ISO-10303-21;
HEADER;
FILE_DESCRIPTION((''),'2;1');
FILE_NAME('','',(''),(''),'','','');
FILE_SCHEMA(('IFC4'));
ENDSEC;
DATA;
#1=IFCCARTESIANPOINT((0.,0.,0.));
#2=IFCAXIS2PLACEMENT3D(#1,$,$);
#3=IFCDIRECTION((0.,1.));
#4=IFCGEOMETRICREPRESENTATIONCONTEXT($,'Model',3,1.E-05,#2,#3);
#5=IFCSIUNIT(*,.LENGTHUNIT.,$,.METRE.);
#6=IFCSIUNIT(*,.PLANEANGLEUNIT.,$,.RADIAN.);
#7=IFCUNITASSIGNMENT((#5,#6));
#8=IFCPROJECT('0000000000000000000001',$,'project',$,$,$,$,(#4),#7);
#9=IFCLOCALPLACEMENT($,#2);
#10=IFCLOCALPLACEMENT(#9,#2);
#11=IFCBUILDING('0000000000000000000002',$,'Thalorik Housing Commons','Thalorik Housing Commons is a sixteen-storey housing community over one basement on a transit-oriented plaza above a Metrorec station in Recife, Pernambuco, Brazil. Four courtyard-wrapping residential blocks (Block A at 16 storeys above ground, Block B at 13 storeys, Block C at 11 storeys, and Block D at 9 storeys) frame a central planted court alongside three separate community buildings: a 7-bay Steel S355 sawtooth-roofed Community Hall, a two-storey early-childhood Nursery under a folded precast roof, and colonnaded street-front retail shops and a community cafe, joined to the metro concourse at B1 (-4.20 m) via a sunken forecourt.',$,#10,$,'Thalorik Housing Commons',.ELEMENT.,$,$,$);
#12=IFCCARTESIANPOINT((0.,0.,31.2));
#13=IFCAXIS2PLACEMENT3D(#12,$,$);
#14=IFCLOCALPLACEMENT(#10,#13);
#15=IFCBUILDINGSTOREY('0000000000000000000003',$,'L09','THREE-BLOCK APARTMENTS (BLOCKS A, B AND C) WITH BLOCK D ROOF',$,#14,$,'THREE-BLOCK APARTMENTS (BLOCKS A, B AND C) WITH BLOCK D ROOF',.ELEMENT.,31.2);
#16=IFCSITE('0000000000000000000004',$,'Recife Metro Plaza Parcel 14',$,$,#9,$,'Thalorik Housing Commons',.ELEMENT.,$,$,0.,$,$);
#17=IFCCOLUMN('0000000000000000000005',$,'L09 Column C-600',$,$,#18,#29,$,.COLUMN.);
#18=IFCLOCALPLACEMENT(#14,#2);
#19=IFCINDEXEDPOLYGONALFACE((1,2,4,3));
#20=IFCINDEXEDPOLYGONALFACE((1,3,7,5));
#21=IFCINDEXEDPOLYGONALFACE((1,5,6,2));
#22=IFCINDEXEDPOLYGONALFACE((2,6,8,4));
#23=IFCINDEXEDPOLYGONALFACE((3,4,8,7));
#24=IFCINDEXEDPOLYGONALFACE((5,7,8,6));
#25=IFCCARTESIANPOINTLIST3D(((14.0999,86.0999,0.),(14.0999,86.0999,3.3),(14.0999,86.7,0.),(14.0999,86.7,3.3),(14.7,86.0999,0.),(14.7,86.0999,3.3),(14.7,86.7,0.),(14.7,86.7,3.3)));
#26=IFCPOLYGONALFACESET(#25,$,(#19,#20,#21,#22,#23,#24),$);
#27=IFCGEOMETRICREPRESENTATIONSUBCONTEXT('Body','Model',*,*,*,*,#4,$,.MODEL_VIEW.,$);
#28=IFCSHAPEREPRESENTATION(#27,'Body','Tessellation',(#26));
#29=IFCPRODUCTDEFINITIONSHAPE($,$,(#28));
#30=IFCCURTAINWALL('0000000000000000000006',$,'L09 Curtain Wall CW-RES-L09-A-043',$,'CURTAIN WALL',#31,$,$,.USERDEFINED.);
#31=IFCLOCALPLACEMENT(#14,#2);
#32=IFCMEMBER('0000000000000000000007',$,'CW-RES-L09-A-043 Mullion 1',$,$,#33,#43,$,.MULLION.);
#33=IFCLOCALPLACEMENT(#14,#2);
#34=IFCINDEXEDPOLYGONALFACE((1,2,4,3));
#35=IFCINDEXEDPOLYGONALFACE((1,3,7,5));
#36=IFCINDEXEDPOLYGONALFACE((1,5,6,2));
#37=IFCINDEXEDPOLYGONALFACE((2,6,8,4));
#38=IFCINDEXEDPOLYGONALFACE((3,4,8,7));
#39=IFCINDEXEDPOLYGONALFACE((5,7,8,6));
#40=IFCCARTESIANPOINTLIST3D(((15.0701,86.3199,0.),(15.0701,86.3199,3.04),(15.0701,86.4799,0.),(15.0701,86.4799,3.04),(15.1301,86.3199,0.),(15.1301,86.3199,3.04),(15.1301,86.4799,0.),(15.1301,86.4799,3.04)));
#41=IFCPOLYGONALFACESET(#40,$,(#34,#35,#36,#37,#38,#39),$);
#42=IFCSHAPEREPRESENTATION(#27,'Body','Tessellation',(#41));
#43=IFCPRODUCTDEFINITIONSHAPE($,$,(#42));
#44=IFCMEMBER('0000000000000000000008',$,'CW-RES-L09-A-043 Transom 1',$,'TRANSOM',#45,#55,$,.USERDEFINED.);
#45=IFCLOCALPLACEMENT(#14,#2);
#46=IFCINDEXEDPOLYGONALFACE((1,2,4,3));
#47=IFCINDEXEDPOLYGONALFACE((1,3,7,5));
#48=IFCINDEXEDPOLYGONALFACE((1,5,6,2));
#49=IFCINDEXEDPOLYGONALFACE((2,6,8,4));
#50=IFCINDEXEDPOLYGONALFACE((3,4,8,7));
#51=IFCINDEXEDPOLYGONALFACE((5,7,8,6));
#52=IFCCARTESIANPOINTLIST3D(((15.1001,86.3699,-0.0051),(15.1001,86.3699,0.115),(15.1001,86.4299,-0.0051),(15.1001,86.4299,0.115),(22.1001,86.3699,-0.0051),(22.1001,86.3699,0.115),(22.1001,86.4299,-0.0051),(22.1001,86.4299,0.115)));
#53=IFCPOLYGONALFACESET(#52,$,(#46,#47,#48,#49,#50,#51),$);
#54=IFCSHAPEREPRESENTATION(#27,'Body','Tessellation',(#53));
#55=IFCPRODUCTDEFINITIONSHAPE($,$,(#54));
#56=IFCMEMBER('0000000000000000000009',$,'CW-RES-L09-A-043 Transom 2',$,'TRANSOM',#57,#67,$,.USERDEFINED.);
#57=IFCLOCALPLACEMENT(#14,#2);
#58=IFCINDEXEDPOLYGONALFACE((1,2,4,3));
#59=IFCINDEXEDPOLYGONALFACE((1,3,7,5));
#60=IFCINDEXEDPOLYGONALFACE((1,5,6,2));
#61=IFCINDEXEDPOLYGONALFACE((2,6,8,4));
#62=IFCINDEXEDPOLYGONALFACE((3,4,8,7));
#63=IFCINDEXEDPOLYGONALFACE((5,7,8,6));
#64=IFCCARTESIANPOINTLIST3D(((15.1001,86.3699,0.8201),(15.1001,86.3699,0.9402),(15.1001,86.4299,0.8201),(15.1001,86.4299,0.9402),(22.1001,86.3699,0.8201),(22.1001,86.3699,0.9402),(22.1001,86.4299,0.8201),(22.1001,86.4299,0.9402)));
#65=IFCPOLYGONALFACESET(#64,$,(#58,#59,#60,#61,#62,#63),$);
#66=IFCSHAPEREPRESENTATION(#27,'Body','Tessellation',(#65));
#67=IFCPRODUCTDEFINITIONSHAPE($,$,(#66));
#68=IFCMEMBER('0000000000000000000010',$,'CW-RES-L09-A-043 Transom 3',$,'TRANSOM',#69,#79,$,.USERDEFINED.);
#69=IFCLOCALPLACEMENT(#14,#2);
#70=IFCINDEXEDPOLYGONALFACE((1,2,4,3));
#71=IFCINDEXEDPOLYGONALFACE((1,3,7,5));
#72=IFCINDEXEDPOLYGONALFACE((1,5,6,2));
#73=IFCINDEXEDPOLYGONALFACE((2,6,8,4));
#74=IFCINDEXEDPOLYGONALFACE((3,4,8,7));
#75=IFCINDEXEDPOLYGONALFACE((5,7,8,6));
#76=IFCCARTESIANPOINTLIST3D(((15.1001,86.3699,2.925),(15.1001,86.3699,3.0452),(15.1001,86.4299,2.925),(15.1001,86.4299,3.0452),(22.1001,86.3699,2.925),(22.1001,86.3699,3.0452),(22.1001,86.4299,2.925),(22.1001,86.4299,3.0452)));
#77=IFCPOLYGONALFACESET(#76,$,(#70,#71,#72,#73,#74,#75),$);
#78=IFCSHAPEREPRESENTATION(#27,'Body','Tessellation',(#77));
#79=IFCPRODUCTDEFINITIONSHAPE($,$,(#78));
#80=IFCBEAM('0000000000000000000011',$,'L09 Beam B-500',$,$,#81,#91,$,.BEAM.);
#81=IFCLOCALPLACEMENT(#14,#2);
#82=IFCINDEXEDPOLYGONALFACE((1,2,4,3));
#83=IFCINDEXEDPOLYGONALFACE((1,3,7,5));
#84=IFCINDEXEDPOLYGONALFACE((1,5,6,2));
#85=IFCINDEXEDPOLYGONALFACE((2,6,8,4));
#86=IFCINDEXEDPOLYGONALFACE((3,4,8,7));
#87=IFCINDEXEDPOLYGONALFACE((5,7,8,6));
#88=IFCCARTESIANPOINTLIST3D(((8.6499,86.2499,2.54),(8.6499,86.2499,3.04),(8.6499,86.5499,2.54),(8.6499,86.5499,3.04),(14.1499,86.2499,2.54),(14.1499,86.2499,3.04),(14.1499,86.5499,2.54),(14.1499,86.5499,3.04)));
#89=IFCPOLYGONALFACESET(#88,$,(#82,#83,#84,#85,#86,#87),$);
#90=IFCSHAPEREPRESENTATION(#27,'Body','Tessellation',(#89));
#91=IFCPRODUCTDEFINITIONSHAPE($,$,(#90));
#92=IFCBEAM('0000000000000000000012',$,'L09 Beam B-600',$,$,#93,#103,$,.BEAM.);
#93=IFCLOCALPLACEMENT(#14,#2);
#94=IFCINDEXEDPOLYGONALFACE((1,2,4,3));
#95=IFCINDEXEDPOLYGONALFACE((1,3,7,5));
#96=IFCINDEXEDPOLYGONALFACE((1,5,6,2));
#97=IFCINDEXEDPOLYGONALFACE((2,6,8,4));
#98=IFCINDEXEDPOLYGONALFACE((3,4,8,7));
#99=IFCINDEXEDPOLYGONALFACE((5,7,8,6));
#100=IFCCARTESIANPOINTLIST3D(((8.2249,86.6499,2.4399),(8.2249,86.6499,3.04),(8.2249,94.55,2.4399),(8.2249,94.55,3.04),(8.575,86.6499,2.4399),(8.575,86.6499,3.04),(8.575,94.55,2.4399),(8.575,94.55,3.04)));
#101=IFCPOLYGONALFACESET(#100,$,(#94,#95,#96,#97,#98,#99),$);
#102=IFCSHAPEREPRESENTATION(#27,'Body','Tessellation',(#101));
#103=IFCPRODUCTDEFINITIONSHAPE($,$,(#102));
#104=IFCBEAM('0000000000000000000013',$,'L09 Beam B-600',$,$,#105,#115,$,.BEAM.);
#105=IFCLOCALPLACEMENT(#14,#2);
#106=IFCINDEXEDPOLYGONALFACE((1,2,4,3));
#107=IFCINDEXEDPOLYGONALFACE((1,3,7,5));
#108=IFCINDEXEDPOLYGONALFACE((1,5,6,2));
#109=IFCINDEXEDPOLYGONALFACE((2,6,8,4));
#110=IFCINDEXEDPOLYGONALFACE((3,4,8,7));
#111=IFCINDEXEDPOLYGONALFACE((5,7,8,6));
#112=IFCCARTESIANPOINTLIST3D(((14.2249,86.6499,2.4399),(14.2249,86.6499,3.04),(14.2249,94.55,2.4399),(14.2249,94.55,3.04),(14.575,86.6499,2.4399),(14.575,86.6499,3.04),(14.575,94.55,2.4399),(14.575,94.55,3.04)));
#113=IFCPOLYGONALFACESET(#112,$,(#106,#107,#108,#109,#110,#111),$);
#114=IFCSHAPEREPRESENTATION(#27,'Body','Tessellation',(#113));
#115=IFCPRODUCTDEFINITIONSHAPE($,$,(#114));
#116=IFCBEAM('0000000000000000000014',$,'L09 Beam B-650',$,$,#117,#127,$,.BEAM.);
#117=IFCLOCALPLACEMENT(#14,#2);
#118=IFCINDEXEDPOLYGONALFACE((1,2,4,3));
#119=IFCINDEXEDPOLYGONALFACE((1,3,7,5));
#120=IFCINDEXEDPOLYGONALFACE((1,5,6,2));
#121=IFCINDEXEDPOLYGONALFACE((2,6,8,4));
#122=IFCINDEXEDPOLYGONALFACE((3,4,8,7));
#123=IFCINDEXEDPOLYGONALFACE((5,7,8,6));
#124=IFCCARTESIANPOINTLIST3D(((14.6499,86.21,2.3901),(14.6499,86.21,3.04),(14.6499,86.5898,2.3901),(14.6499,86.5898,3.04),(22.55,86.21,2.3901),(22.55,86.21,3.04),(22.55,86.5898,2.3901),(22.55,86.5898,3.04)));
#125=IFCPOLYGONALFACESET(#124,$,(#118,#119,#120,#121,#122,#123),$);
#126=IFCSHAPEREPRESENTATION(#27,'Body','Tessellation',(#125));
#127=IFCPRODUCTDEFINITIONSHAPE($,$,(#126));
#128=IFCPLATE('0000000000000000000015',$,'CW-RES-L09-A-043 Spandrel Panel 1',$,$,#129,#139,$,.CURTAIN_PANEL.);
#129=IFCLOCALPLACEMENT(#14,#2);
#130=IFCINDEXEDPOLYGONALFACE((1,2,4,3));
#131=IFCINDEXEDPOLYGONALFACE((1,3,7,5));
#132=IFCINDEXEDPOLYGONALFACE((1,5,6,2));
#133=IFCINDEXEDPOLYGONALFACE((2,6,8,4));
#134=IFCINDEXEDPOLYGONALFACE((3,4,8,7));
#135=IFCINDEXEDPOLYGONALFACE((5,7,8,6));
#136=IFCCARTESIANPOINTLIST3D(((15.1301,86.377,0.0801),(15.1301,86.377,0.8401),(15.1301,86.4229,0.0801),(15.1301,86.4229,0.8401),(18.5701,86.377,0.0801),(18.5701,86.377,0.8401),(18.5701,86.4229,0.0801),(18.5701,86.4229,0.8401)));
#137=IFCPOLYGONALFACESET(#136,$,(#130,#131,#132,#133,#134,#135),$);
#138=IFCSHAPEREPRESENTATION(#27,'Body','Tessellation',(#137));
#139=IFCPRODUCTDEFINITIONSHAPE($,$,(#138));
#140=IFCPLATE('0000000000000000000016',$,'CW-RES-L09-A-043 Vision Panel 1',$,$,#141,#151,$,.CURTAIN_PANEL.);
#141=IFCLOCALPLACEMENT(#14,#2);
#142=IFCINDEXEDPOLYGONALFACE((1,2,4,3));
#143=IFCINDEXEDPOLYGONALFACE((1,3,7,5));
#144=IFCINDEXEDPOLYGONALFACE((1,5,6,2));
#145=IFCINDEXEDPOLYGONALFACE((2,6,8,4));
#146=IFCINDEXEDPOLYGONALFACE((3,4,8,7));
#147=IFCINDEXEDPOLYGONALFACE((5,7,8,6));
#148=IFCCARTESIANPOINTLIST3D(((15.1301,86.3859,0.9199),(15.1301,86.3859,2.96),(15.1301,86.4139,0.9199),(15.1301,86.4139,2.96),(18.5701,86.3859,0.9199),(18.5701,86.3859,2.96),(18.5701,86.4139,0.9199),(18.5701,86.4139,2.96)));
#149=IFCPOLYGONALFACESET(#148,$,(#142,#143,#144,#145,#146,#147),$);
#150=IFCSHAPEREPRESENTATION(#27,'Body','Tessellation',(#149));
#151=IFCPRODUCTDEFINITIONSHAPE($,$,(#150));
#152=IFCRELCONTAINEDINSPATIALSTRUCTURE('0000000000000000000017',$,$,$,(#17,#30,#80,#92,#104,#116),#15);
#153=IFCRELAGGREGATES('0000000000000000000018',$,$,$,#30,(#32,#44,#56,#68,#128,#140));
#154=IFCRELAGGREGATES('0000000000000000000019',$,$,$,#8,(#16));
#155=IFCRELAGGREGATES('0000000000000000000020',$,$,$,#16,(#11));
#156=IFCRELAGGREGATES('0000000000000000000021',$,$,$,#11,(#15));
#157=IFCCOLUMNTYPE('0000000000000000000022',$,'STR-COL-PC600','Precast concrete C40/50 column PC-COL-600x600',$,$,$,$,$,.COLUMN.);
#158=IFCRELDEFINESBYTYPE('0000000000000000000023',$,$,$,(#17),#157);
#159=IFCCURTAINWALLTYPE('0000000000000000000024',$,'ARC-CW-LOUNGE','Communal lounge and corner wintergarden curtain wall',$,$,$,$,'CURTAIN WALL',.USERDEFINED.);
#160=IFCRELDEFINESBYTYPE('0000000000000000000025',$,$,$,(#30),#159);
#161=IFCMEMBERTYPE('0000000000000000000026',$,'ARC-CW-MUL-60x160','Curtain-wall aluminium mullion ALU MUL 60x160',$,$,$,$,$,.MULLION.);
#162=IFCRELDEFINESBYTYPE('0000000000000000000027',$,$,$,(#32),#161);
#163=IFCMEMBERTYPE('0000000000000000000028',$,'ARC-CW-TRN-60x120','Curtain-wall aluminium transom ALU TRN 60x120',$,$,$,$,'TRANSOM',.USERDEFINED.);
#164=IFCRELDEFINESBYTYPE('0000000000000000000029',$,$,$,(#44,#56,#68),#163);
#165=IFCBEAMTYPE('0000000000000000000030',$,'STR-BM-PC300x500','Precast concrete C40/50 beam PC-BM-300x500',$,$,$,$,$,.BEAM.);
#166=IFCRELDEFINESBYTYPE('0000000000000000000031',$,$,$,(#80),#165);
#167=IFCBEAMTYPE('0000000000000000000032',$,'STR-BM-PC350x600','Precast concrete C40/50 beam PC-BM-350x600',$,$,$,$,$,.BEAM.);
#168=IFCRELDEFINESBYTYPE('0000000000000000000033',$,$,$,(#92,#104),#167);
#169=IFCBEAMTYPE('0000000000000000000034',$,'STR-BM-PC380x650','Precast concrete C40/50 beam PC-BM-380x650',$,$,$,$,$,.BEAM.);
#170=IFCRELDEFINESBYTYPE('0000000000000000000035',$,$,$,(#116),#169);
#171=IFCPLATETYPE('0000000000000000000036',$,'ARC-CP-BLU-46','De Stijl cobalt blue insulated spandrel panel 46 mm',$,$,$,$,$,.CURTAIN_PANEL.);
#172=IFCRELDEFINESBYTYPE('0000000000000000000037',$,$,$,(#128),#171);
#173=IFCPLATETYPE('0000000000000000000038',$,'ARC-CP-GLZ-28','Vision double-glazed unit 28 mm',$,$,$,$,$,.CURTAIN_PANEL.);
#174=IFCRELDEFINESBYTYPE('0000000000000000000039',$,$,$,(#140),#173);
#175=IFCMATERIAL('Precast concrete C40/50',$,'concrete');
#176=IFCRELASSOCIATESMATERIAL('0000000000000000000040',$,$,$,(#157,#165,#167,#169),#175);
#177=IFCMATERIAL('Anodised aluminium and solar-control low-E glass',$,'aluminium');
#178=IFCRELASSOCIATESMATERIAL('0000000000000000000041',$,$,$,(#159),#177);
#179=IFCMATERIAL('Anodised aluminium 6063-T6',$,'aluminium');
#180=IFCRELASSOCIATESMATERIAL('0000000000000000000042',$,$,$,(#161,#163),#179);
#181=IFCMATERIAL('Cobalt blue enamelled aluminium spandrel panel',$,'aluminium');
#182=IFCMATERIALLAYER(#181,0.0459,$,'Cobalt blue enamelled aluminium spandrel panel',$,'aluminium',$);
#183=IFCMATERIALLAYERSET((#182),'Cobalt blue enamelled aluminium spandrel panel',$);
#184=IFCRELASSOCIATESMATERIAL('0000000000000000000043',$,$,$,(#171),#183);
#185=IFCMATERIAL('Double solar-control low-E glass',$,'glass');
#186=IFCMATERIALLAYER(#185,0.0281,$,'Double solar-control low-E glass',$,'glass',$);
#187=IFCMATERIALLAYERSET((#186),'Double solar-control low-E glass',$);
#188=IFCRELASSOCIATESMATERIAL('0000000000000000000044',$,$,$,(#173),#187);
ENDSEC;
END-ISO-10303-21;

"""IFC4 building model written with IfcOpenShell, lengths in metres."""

from ifc_helpers import new_model, si_unit, direction, frame, origin, origin_2d, place, context, subcontext, project, spatial, rectangle, extrude, material, layer, layer_set, material_profile, profile_set, type_object, element, aggregate, save


model = new_model("IFC4")

# Units and contexts
model_context = context("Model", 3, precision=1e-05, world=origin(), true_north=direction((0.0, 1.0)))
body_context = subcontext(model_context, "Body", "Model", "MODEL_VIEW")
ifc_project = project(units=[si_unit("LENGTHUNIT", "METRE"), si_unit("PLANEANGLEUNIT", "RADIAN")], contexts=[model_context])

# Site, building, storey
site_placement = place(None, origin())
site = spatial("IfcSite", under=ifc_project, at=site_placement, Name="Recife Metro Plaza Parcel 14", LongName="Thalorik Housing Commons", CompositionType="ELEMENT", RefElevation=0.0)
building_placement = place(site_placement, origin())
building = spatial("IfcBuilding", under=site, at=building_placement, Name="Thalorik Housing Commons", Description="Thalorik Housing Commons is a sixteen-storey housing community over one basement on a transit-oriented plaza above a Metrorec station in Recife, Pernambuco, Brazil. Four courtyard-wrapping residential blocks (Block A at 16 storeys above ground, Block B at 13 storeys, Block C at 11 storeys, and Block D at 9 storeys) frame a central planted court alongside three separate community buildings: a 7-bay Steel S355 sawtooth-roofed Community Hall, a two-storey early-childhood Nursery under a folded precast roof, and colonnaded street-front retail shops and a community cafe, joined to the metro concourse at B1 (-4.20 m) via a sunken forecourt.", LongName="Thalorik Housing Commons", CompositionType="ELEMENT")
storey_placement = place(building_placement, frame((0.0, 0.0, 31.2)))
storey = spatial("IfcBuildingStorey", under=building, at=storey_placement, Name="L09", Description="THREE-BLOCK APARTMENTS (BLOCKS A, B AND C) WITH BLOCK D ROOF", LongName="THREE-BLOCK APARTMENTS (BLOCKS A, B AND C) WITH BLOCK D ROOF", CompositionType="ELEMENT", Elevation=31.2)

# Column
ifc_material_1 = material(Name="Precast concrete C40/50", Category="concrete")
ifc_material_profile_1 = material_profile(ifc_material_1, rectangle(XDim=0.6001, YDim=0.6001, at=origin_2d()), Name="PC 600x600", Category="concrete")
ifc_profile_set_1 = profile_set([ifc_material_profile_1], Name="Precast concrete C40/50")
column_type = type_object("IfcColumnType", Name="STR-COL-PC600", Description="Precast concrete C40/50 column PC-COL-600x600", PredefinedType="COLUMN", material=ifc_profile_set_1)
column_placement = place(storey_placement, frame((14.3999, 86.3999, 0.0), z_axis=(0.0, 0.0, 1.0), x_axis=(1.0, 0.0, 0.0)))
element("IfcColumn", 1, at=column_placement, inside=storey, type_object=column_type, Name="L09 Column C-600", PredefinedType="COLUMN", context=body_context, shape_type="SweptSolid", body=[
    extrude(rectangle(XDim=0.6001, YDim=0.6001, at=origin_2d()), origin(), (0.0, 0.0, 1.0), 3.3),
])

# Curtain wall, members
ifc_material_2 = material(Name="Anodised aluminium and solar-control low-E glass", Category="aluminium")
curtain_wall_type = type_object("IfcCurtainWallType", Name="ARC-CW-LOUNGE", Description="Communal lounge and corner wintergarden curtain wall", ElementType="CURTAIN WALL", PredefinedType="USERDEFINED", material=ifc_material_2)
curtain_wall_placement = place(storey_placement, origin())
curtain_wall = element("IfcCurtainWall", 2, at=curtain_wall_placement, inside=storey, type_object=curtain_wall_type, Name="L09 Curtain Wall CW-RES-L09-A-043", ObjectType="CURTAIN WALL", PredefinedType="USERDEFINED")
ifc_material_3 = material(Name="Anodised aluminium 6063-T6", Category="aluminium")
ifc_material_profile_2 = material_profile(ifc_material_3, rectangle(XDim=0.0601, YDim=0.1599, at=origin_2d()), Name="ALU MUL 60x160", Category="aluminium")
ifc_profile_set_2 = profile_set([ifc_material_profile_2], Name="Anodised aluminium 6063-T6")
member_type_1 = type_object("IfcMemberType", Name="ARC-CW-MUL-60x160", Description="Curtain-wall aluminium mullion ALU MUL 60x160", PredefinedType="MULLION", material=ifc_profile_set_2)
member_1_placement = place(storey_placement, frame((15.1001, 86.3999, 0.0), z_axis=(0.0, 0.0, 1.0), x_axis=(1.0, 0.0, 0.0)))
member_1 = element("IfcMember", 3, at=member_1_placement, type_object=member_type_1, Name="CW-RES-L09-A-043 Mullion 1", PredefinedType="MULLION", context=body_context, shape_type="SweptSolid", body=[
    extrude(rectangle(XDim=0.0601, YDim=0.1599, at=origin_2d()), origin(), (0.0, 0.0, 1.0), 3.04),
])
ifc_material_profile_3 = material_profile(ifc_material_3, rectangle(XDim=0.0601, YDim=0.1201, at=origin_2d()), Name="ALU TRN 60x120", Category="aluminium")
ifc_profile_set_3 = profile_set([ifc_material_profile_3], Name="Anodised aluminium 6063-T6")
member_type_2 = type_object("IfcMemberType", Name="ARC-CW-TRN-60x120", Description="Curtain-wall aluminium transom ALU TRN 60x120", ElementType="TRANSOM", PredefinedType="USERDEFINED", material=ifc_profile_set_3)
member_2_placement = place(storey_placement, frame((15.1001, 86.3999, 0.0549), z_axis=(1.0, 0.0, 0.0), x_axis=(0.0, 1.0, 0.0)))
member_2 = element("IfcMember", 4, at=member_2_placement, type_object=member_type_2, Name="CW-RES-L09-A-043 Transom 1", ObjectType="TRANSOM", PredefinedType="USERDEFINED", context=body_context, shape_type="SweptSolid", body=[
    extrude(rectangle(XDim=0.0601, YDim=0.1201, at=origin_2d()), origin(), (0.0, 0.0, 1.0), 7.0),
])
member_3_placement = place(storey_placement, frame((15.1001, 86.3999, 0.8801), z_axis=(1.0, 0.0, 0.0), x_axis=(0.0, 1.0, 0.0)))
member_3 = element("IfcMember", 5, at=member_3_placement, type_object=member_type_2, Name="CW-RES-L09-A-043 Transom 2", ObjectType="TRANSOM", PredefinedType="USERDEFINED", context=body_context, shape_type="SweptSolid", body=[
    extrude(rectangle(XDim=0.0601, YDim=0.1201, at=origin_2d()), origin(), (0.0, 0.0, 1.0), 7.0),
])
member_4_placement = place(storey_placement, frame((15.1001, 86.3999, 2.9851), z_axis=(1.0, 0.0, 0.0), x_axis=(0.0, 1.0, 0.0)))
member_4 = element("IfcMember", 6, at=member_4_placement, type_object=member_type_2, Name="CW-RES-L09-A-043 Transom 3", ObjectType="TRANSOM", PredefinedType="USERDEFINED", context=body_context, shape_type="SweptSolid", body=[
    extrude(rectangle(XDim=0.0601, YDim=0.1201, at=origin_2d()), origin(), (0.0, 0.0, 1.0), 7.0),
])

# Beams
ifc_material_profile_4 = material_profile(ifc_material_1, rectangle(XDim=0.3, YDim=0.5, at=origin_2d()), Name="PC 300x500", Category="concrete")
ifc_profile_set_4 = profile_set([ifc_material_profile_4], Name="Precast concrete C40/50")
beam_type_1 = type_object("IfcBeamType", Name="STR-BM-PC300x500", Description="Precast concrete C40/50 beam PC-BM-300x500", PredefinedType="BEAM", material=ifc_profile_set_4)
beam_1_placement = place(storey_placement, frame((8.6499, 86.3999, 2.79), z_axis=(1.0, 0.0, 0.0), x_axis=(0.0, 1.0, 0.0)))
element("IfcBeam", 7, at=beam_1_placement, inside=storey, type_object=beam_type_1, Name="L09 Beam B-500", PredefinedType="BEAM", context=body_context, shape_type="SweptSolid", body=[
    extrude(rectangle(XDim=0.3, YDim=0.5, at=origin_2d()), origin(), (0.0, 0.0, 1.0), 5.5),
])
ifc_material_profile_5 = material_profile(ifc_material_1, rectangle(XDim=0.3501, YDim=0.6001, at=origin_2d()), Name="PC 350x600", Category="concrete")
ifc_profile_set_5 = profile_set([ifc_material_profile_5], Name="Precast concrete C40/50")
beam_type_2 = type_object("IfcBeamType", Name="STR-BM-PC350x600", Description="Precast concrete C40/50 beam PC-BM-350x600", PredefinedType="BEAM", material=ifc_profile_set_5)
for number, where, z_axis, x_axis, name in (
    (8, (8.3999, 86.6499, 2.74), (0.0, 1.0, 0.0), (-1.0, 0.0, 0.0), "L09 Beam B-600"),
    (9, (14.3999, 86.6499, 2.74), (0.0, 1.0, 0.0), (-1.0, 0.0, 0.0), "L09 Beam B-600"),
):
    element("IfcBeam", number, at=place(storey_placement, frame(where, z_axis=z_axis, x_axis=x_axis)), inside=storey, type_object=beam_type_2, Name=name, PredefinedType="BEAM", context=body_context, shape_type="SweptSolid", body=[
        extrude(rectangle(XDim=0.3501, YDim=0.6001, at=origin_2d()), origin(), (0.0, 0.0, 1.0), 7.9001),
    ])
ifc_material_profile_6 = material_profile(ifc_material_1, rectangle(XDim=0.3799, YDim=0.6499, at=origin_2d()), Name="PC 380x650", Category="concrete")
ifc_profile_set_6 = profile_set([ifc_material_profile_6], Name="Precast concrete C40/50")
beam_type_3 = type_object("IfcBeamType", Name="STR-BM-PC380x650", Description="Precast concrete C40/50 beam PC-BM-380x650", PredefinedType="BEAM", material=ifc_profile_set_6)
beam_2_placement = place(storey_placement, frame((14.6499, 86.3999, 2.7151), z_axis=(1.0, 0.0, 0.0), x_axis=(0.0, 1.0, 0.0)))
element("IfcBeam", 10, at=beam_2_placement, inside=storey, type_object=beam_type_3, Name="L09 Beam B-650", PredefinedType="BEAM", context=body_context, shape_type="SweptSolid", body=[
    extrude(rectangle(XDim=0.3799, YDim=0.6499, at=origin_2d()), origin(), (0.0, 0.0, 1.0), 7.9001),
])

# Plates
ifc_material_4 = material(Name="Cobalt blue enamelled aluminium spandrel panel", Category="aluminium")
ifc_layer_1 = layer(ifc_material_4, 0.0459, Name="Cobalt blue enamelled aluminium spandrel panel", Category="aluminium")
ifc_layer_set_1 = layer_set([ifc_layer_1], Name="Cobalt blue enamelled aluminium spandrel panel")
plate_type_1 = type_object("IfcPlateType", Name="ARC-CP-BLU-46", Description="De Stijl cobalt blue insulated spandrel panel 46 mm", PredefinedType="CURTAIN_PANEL", material=ifc_layer_set_1)
plate_1_placement = place(storey_placement, frame((16.8501, 86.3999, 0.0801), z_axis=(0.0, 0.0, 1.0), x_axis=(1.0, 0.0, 0.0)))
plate_1 = element("IfcPlate", 11, at=plate_1_placement, type_object=plate_type_1, Name="CW-RES-L09-A-043 Spandrel Panel 1", PredefinedType="CURTAIN_PANEL", context=body_context, shape_type="SweptSolid", body=[
    extrude(rectangle(XDim=3.4399, YDim=0.0459, at=origin_2d()), origin(), (0.0, 0.0, 1.0), 0.76),
])
ifc_material_5 = material(Name="Double solar-control low-E glass", Category="glass")
ifc_layer_2 = layer(ifc_material_5, 0.0281, Name="Double solar-control low-E glass", Category="glass")
ifc_layer_set_2 = layer_set([ifc_layer_2], Name="Double solar-control low-E glass")
plate_type_2 = type_object("IfcPlateType", Name="ARC-CP-GLZ-28", Description="Vision double-glazed unit 28 mm", PredefinedType="CURTAIN_PANEL", material=ifc_layer_set_2)
plate_2_placement = place(storey_placement, frame((16.8501, 86.3999, 0.9199), z_axis=(0.0, 0.0, 1.0), x_axis=(1.0, 0.0, 0.0)))
plate_2 = element("IfcPlate", 12, at=plate_2_placement, type_object=plate_type_2, Name="CW-RES-L09-A-043 Vision Panel 1", PredefinedType="CURTAIN_PANEL", context=body_context, shape_type="SweptSolid", body=[
    extrude(rectangle(XDim=3.4399, YDim=0.0281, at=origin_2d()), origin(), (0.0, 0.0, 1.0), 2.04),
])
aggregate(curtain_wall, [member_1, member_2, member_3, member_4, plate_1, plate_2])

save(model, "model.ifc")
